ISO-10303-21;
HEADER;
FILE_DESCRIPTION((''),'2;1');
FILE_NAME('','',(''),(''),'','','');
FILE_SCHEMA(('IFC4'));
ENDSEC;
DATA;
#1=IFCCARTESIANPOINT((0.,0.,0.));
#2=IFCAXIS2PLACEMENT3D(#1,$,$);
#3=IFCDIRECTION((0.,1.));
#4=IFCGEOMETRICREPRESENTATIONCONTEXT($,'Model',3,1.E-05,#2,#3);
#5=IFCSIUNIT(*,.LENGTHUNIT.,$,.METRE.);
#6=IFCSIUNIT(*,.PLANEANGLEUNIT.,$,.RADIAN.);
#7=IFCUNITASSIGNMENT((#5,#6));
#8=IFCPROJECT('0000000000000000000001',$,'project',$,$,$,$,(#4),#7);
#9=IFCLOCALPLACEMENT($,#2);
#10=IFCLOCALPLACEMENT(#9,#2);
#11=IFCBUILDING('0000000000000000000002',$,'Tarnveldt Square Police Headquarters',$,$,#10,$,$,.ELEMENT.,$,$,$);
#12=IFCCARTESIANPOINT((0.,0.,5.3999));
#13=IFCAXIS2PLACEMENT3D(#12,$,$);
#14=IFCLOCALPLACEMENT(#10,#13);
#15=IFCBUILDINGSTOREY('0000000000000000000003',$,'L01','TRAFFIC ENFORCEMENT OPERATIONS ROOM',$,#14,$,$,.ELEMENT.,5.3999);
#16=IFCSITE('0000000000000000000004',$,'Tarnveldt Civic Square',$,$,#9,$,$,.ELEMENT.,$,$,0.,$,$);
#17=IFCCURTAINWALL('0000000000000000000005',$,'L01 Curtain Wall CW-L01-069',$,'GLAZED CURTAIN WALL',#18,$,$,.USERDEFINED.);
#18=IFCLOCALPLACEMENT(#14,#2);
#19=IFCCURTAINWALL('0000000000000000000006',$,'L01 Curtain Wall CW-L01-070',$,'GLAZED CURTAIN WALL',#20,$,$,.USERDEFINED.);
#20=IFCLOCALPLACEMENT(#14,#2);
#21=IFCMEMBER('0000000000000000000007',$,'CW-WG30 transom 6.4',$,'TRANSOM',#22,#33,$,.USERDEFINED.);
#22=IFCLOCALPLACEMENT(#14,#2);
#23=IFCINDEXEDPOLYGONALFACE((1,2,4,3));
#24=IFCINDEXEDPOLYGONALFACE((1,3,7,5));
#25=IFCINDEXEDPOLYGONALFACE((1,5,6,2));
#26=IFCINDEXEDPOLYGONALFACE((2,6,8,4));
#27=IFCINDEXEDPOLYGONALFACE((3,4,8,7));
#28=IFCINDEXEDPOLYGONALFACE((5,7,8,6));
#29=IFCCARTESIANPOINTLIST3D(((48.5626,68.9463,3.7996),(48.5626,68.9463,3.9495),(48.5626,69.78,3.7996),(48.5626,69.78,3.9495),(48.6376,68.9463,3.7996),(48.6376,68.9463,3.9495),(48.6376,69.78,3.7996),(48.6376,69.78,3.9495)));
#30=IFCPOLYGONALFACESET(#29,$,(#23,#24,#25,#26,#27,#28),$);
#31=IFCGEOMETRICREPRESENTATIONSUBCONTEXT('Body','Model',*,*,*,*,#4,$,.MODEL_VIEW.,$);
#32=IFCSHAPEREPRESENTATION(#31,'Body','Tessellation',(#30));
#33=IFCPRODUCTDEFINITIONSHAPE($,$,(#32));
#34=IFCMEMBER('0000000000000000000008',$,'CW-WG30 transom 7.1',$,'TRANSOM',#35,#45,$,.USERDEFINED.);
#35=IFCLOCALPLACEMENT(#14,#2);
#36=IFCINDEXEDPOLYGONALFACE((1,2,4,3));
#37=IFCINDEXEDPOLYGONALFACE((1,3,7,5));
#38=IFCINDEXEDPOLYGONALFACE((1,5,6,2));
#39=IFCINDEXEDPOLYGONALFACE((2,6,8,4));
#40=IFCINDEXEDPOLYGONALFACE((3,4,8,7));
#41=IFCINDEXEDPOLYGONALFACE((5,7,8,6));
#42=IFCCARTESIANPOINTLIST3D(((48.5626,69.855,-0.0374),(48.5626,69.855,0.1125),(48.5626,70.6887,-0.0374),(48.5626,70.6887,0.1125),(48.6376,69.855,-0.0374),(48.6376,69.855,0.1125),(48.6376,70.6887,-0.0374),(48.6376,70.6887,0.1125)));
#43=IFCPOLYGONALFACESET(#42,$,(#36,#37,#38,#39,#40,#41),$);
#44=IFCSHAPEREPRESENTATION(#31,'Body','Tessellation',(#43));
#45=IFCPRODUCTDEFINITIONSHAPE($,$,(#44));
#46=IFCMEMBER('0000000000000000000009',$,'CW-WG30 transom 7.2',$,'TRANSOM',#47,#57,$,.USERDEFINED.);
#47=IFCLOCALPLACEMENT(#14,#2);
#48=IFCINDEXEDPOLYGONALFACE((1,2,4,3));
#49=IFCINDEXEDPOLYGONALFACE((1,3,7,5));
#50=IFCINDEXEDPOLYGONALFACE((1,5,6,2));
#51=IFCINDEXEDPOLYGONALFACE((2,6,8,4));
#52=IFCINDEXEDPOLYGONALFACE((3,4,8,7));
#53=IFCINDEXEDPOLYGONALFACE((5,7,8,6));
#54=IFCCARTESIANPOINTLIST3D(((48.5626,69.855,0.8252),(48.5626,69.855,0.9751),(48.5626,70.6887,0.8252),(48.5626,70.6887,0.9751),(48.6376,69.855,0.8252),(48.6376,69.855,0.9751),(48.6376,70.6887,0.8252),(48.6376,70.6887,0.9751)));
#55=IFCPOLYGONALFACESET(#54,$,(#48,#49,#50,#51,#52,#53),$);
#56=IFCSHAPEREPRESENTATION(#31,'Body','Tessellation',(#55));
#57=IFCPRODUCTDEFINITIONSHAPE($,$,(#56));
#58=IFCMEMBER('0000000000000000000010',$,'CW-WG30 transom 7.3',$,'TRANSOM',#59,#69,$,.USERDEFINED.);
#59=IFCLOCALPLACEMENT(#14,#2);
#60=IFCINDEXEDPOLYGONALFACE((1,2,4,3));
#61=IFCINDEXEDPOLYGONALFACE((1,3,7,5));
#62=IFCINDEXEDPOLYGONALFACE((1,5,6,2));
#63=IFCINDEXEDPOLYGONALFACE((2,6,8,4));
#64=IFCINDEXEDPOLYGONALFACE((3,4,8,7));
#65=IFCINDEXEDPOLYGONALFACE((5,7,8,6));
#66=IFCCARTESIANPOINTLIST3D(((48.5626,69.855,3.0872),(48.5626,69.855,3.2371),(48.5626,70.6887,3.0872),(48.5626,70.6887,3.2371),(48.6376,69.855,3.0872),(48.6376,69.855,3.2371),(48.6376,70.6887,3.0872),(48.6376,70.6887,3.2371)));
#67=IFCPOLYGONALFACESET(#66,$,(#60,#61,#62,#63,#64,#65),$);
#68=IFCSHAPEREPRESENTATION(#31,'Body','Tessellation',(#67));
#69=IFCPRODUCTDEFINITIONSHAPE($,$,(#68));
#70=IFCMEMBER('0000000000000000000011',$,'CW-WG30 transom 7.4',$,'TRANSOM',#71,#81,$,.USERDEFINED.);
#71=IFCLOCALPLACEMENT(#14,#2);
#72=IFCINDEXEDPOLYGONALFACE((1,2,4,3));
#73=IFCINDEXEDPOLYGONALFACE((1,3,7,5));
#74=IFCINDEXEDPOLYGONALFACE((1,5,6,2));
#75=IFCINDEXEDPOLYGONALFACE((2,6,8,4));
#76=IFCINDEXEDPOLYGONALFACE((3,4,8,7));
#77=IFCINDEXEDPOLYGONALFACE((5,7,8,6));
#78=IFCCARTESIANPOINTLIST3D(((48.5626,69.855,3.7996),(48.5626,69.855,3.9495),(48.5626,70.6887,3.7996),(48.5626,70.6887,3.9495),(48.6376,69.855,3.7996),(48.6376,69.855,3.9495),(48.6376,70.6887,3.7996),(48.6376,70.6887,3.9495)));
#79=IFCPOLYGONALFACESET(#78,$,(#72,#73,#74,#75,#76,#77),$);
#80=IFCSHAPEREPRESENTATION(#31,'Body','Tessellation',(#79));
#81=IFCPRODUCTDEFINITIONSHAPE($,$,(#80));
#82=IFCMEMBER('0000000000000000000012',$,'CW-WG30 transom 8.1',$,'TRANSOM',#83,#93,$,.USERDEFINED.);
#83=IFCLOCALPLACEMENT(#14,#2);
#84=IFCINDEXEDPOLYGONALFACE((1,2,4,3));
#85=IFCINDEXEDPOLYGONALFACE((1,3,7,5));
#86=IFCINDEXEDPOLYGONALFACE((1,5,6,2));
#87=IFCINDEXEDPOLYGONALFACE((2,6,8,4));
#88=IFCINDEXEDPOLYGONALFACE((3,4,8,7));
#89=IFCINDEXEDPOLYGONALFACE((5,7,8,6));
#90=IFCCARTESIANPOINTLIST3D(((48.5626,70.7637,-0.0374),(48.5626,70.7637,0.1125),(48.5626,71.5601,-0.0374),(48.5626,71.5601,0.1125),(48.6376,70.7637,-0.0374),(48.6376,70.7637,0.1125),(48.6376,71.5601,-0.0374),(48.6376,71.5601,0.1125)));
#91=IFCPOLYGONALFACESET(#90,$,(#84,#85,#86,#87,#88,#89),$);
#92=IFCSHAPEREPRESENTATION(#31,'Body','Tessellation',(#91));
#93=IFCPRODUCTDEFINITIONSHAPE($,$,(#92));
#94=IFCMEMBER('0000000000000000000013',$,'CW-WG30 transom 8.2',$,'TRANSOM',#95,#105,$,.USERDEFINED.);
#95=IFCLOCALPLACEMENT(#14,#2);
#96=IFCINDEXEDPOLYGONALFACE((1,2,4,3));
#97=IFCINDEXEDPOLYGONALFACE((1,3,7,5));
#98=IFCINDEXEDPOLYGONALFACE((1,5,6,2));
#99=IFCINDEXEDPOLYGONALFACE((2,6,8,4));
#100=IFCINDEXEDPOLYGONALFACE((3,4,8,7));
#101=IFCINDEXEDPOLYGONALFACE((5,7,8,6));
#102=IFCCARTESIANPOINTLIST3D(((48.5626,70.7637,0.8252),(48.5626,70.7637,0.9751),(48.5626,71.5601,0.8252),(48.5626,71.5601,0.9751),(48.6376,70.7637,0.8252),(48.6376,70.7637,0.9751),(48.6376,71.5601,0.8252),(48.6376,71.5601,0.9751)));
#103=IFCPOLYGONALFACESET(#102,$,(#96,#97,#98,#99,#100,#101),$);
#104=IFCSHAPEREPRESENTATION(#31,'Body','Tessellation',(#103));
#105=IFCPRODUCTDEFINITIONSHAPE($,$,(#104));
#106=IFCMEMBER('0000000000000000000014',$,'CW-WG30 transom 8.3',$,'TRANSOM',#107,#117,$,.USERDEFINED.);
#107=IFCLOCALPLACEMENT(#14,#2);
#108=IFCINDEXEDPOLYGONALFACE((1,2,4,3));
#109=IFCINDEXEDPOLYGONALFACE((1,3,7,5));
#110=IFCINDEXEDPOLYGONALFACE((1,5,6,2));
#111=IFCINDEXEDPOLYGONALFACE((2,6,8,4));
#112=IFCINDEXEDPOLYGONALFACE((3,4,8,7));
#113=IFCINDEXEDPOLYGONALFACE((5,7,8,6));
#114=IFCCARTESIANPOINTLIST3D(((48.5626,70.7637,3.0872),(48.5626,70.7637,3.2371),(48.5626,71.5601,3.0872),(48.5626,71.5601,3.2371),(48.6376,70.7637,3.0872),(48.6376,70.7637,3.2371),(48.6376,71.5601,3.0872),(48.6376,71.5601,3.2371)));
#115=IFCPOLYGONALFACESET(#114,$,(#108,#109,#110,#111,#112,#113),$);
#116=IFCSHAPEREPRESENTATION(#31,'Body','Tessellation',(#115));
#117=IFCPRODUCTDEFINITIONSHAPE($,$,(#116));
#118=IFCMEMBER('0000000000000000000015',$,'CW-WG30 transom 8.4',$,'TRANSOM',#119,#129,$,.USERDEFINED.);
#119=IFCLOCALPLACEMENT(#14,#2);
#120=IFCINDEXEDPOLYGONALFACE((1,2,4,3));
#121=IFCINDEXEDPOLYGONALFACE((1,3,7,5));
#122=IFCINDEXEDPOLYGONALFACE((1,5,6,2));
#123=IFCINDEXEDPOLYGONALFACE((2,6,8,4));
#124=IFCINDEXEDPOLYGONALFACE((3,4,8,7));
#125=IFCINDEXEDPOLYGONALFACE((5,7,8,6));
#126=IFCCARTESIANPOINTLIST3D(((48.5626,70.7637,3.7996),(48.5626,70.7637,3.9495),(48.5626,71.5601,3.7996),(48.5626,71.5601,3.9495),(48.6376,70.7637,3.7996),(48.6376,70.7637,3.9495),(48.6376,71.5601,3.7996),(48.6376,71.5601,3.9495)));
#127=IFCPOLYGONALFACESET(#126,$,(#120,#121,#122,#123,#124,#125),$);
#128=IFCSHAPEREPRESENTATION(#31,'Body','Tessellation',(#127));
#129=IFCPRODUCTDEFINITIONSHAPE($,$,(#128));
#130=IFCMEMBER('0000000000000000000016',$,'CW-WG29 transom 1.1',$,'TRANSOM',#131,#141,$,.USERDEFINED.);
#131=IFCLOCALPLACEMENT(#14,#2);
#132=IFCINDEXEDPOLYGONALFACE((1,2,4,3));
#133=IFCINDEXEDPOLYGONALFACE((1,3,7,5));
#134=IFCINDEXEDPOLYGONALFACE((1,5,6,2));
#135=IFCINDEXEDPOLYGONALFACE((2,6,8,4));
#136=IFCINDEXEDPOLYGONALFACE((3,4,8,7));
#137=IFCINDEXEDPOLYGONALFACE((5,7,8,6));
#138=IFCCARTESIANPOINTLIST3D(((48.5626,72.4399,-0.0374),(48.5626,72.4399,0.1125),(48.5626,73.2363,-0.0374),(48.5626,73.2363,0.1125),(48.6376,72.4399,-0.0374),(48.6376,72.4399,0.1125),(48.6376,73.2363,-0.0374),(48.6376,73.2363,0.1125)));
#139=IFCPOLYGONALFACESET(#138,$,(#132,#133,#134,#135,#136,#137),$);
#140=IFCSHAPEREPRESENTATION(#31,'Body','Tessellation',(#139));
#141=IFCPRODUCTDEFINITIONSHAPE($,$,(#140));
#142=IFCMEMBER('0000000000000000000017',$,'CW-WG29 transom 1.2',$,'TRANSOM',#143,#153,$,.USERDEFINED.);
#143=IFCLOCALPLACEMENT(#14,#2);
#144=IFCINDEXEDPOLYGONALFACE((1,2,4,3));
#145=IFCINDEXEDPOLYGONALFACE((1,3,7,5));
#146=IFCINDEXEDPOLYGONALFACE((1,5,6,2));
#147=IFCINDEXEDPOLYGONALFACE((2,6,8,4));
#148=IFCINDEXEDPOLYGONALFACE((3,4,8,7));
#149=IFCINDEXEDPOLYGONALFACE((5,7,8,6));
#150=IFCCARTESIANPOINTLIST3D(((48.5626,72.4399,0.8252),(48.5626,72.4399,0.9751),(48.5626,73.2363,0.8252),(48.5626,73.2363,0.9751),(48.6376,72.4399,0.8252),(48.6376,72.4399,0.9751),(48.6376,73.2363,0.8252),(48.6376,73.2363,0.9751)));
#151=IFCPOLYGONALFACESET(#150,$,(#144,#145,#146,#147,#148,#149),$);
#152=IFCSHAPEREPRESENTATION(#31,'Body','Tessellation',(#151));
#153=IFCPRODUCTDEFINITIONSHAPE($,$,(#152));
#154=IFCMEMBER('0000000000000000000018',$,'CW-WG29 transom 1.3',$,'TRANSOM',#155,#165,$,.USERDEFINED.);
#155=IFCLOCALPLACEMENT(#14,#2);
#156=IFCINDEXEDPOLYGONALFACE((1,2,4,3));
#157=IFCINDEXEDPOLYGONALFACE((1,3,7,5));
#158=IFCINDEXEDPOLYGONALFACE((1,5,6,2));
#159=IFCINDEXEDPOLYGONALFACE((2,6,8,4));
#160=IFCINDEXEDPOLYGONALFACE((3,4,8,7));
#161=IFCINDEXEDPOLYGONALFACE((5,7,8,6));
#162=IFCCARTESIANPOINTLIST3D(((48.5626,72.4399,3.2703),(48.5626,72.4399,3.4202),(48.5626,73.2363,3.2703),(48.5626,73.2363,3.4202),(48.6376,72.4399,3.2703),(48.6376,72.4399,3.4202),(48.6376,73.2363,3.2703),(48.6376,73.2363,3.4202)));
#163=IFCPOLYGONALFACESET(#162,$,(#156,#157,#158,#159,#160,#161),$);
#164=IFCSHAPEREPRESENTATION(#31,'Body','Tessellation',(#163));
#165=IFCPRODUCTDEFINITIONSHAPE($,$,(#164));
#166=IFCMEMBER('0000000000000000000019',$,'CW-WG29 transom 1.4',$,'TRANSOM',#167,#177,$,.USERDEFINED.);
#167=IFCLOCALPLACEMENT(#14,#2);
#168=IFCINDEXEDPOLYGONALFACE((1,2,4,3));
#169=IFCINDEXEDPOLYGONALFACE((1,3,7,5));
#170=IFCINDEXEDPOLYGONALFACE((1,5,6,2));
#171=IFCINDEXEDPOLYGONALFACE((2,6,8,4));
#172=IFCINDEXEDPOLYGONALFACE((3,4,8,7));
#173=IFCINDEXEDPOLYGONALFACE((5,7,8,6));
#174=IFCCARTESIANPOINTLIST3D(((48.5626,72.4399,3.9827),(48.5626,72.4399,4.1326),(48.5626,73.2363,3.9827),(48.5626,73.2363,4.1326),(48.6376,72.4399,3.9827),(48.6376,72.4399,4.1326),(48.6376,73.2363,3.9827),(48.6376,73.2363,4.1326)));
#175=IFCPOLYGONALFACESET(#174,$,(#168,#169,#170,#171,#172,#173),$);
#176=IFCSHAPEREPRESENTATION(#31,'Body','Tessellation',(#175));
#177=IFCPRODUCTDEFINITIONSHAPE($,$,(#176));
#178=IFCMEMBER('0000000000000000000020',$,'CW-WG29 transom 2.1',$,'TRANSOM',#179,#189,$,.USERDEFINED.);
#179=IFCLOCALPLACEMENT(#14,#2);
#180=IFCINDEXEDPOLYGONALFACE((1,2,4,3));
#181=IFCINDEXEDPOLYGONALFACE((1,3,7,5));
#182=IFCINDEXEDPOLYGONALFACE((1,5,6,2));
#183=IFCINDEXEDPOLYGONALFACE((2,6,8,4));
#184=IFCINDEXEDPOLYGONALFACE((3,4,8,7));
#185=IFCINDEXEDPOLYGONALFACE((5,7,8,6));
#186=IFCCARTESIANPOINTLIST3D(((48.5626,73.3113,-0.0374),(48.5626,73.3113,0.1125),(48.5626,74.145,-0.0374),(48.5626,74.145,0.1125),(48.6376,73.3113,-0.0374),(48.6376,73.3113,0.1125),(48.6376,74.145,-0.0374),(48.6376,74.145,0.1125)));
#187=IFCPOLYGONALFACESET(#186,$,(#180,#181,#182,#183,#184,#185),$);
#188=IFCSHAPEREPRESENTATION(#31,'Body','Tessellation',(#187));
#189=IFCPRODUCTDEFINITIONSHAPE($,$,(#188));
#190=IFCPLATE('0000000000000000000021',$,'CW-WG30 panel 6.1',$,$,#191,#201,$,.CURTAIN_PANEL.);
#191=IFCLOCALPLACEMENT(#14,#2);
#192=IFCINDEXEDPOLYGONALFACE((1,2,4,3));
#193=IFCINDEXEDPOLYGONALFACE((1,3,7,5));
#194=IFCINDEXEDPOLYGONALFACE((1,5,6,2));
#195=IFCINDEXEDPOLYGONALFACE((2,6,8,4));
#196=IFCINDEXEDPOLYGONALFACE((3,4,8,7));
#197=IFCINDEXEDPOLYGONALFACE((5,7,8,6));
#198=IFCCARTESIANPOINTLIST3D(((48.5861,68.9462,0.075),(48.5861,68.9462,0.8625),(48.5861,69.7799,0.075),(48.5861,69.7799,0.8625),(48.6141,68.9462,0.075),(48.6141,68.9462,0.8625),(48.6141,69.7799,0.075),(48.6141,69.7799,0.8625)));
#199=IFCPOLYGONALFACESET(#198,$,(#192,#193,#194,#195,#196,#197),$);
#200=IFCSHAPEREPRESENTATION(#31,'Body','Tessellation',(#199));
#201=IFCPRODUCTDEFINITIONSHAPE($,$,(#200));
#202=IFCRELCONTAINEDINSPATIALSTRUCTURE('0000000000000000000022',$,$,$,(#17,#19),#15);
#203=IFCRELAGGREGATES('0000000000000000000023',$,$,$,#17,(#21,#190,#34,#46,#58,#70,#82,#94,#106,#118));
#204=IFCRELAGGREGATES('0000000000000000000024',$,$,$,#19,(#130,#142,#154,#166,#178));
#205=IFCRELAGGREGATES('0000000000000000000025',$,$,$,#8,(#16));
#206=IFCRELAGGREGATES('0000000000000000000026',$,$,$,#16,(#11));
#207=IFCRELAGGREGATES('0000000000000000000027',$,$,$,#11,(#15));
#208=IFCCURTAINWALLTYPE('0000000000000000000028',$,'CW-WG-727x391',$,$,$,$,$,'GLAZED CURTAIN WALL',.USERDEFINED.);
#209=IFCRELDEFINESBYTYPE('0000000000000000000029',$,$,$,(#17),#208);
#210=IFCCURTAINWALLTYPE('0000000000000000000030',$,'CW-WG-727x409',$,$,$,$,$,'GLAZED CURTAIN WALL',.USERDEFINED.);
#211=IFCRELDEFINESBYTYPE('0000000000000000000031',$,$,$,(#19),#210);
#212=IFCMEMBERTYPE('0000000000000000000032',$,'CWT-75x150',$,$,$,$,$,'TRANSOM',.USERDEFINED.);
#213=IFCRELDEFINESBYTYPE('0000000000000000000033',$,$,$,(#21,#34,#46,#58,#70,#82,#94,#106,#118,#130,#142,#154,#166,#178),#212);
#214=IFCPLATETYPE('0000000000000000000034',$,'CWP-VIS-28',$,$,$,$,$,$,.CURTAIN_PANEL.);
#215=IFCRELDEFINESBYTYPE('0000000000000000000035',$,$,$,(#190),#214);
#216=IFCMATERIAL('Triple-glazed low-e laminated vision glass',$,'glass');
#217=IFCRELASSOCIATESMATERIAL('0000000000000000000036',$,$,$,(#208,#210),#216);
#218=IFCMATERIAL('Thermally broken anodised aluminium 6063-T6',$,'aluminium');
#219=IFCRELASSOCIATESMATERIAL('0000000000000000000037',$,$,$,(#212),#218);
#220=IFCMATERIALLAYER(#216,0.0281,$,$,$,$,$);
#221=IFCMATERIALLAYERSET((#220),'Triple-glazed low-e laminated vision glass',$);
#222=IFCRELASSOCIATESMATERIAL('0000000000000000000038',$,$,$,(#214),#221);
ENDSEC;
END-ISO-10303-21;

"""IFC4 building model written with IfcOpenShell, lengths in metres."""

from ifc_helpers import new_model, si_unit, direction, frame, origin, origin_2d, place, context, subcontext, project, spatial, rectangle, extrude, material, layer, layer_set, material_profile, profile_set, type_object, element, aggregate, save


model = new_model("IFC4")

# Units and contexts
model_context = context("Model", 3, precision=1e-05, world=origin(), true_north=direction((0.0, 1.0)))
body_context = subcontext(model_context, "Body", "Model", "MODEL_VIEW")
ifc_project = project(units=[si_unit("LENGTHUNIT", "METRE"), si_unit("PLANEANGLEUNIT", "RADIAN")], contexts=[model_context])

# Site, building, storey
site_placement = place(None, origin())
site = spatial("IfcSite", under=ifc_project, at=site_placement, Name="Tarnveldt Civic Square", CompositionType="ELEMENT", RefElevation=0.0)
building_placement = place(site_placement, origin())
building = spatial("IfcBuilding", under=site, at=building_placement, Name="Tarnveldt Square Police Headquarters", CompositionType="ELEMENT")
storey_placement = place(building_placement, frame((0.0, 0.0, 5.3999)))
storey = spatial("IfcBuildingStorey", under=building, at=storey_placement, Name="L01", Description="TRAFFIC ENFORCEMENT OPERATIONS ROOM", CompositionType="ELEMENT", Elevation=5.3999)

# Curtain walls
ifc_material_1 = material(Name="Triple-glazed low-e laminated vision glass", Category="glass")
curtain_wall_type_1 = type_object("IfcCurtainWallType", Name="CW-WG-727x391", ElementType="GLAZED CURTAIN WALL", PredefinedType="USERDEFINED", material=ifc_material_1)
curtain_wall_1_placement = place(storey_placement, origin())
curtain_wall_1 = element("IfcCurtainWall", 1, at=curtain_wall_1_placement, inside=storey, type_object=curtain_wall_type_1, Name="L01 Curtain Wall CW-L01-069", ObjectType="GLAZED CURTAIN WALL", PredefinedType="USERDEFINED")
ifc_material_2 = material(Name="Thermally broken anodised aluminium 6063-T6", Category="aluminium")
curtain_wall_type_2 = type_object("IfcCurtainWallType", Name="CW-WG-727x409", ElementType="GLAZED CURTAIN WALL", PredefinedType="USERDEFINED", material=ifc_material_1)
curtain_wall_2_placement = place(storey_placement, origin())
curtain_wall_2 = element("IfcCurtainWall", 2, at=curtain_wall_2_placement, inside=storey, type_object=curtain_wall_type_2, Name="L01 Curtain Wall CW-L01-070", ObjectType="GLAZED CURTAIN WALL", PredefinedType="USERDEFINED")

# Members
ifc_material_profile_1 = material_profile(ifc_material_2, rectangle(XDim=0.075, YDim=0.1499, at=origin_2d()), Name="CW-T75x150")
ifc_profile_set_1 = profile_set([ifc_material_profile_1], Name="Thermally broken anodised aluminium 6063-T6")
member_type_1 = type_object("IfcMemberType", Name="CWT-75x150", ElementType="TRANSOM", PredefinedType="USERDEFINED", material=ifc_profile_set_1)
member_1_placement = place(storey_placement, frame((48.6001, 68.9463, 3.8745), z_axis=(0.0, 1.0, 0.0), x_axis=(-1.0, 0.0, 0.0)))
member_1 = element("IfcMember", 3, at=member_1_placement, type_object=member_type_1, Name="CW-WG30 transom 6.4", ObjectType="TRANSOM", PredefinedType="USERDEFINED", context=body_context, shape_type="SweptSolid", body=[
    extrude(rectangle(XDim=0.075, YDim=0.1499, at=origin_2d()), origin(), (0.0, 0.0, 1.0), 0.8337),
])
member_2_placement = place(storey_placement, frame((48.6001, 69.855, 0.0376), z_axis=(0.0, 1.0, 0.0), x_axis=(-1.0, 0.0, 0.0)))
member_2 = element("IfcMember", 4, at=member_2_placement, type_object=member_type_1, Name="CW-WG30 transom 7.1", ObjectType="TRANSOM", PredefinedType="USERDEFINED", context=body_context, shape_type="SweptSolid", body=[
    extrude(rectangle(XDim=0.075, YDim=0.1499, at=origin_2d()), origin(), (0.0, 0.0, 1.0), 0.8337),
])
member_3_placement = place(storey_placement, frame((48.6001, 69.855, 0.9001), z_axis=(0.0, 1.0, 0.0), x_axis=(-1.0, 0.0, 0.0)))
member_3 = element("IfcMember", 5, at=member_3_placement, type_object=member_type_1, Name="CW-WG30 transom 7.2", ObjectType="TRANSOM", PredefinedType="USERDEFINED", context=body_context, shape_type="SweptSolid", body=[
    extrude(rectangle(XDim=0.075, YDim=0.1499, at=origin_2d()), origin(), (0.0, 0.0, 1.0), 0.8337),
])
member_4_placement = place(storey_placement, frame((48.6001, 69.855, 3.1621), z_axis=(0.0, 1.0, 0.0), x_axis=(-1.0, 0.0, 0.0)))
member_4 = element("IfcMember", 6, at=member_4_placement, type_object=member_type_1, Name="CW-WG30 transom 7.3", ObjectType="TRANSOM", PredefinedType="USERDEFINED", context=body_context, shape_type="SweptSolid", body=[
    extrude(rectangle(XDim=0.075, YDim=0.1499, at=origin_2d()), origin(), (0.0, 0.0, 1.0), 0.8337),
])
member_5_placement = place(storey_placement, frame((48.6001, 69.855, 3.8745), z_axis=(0.0, 1.0, 0.0), x_axis=(-1.0, 0.0, 0.0)))
member_5 = element("IfcMember", 7, at=member_5_placement, type_object=member_type_1, Name="CW-WG30 transom 7.4", ObjectType="TRANSOM", PredefinedType="USERDEFINED", context=body_context, shape_type="SweptSolid", body=[
    extrude(rectangle(XDim=0.075, YDim=0.1499, at=origin_2d()), origin(), (0.0, 0.0, 1.0), 0.8337),
])
member_6_placement = place(storey_placement, frame((48.6001, 70.7637, 0.0376), z_axis=(0.0, 1.0, 0.0), x_axis=(-1.0, 0.0, 0.0)))
member_6 = element("IfcMember", 8, at=member_6_placement, type_object=member_type_1, Name="CW-WG30 transom 8.1", ObjectType="TRANSOM", PredefinedType="USERDEFINED", context=body_context, shape_type="SweptSolid", body=[
    extrude(rectangle(XDim=0.075, YDim=0.1499, at=origin_2d()), origin(), (0.0, 0.0, 1.0), 0.7964),
])
member_7_placement = place(storey_placement, frame((48.6001, 70.7637, 0.9001), z_axis=(0.0, 1.0, 0.0), x_axis=(-1.0, 0.0, 0.0)))
member_7 = element("IfcMember", 9, at=member_7_placement, type_object=member_type_1, Name="CW-WG30 transom 8.2", ObjectType="TRANSOM", PredefinedType="USERDEFINED", context=body_context, shape_type="SweptSolid", body=[
    extrude(rectangle(XDim=0.075, YDim=0.1499, at=origin_2d()), origin(), (0.0, 0.0, 1.0), 0.7964),
])
member_8_placement = place(storey_placement, frame((48.6001, 70.7637, 3.1621), z_axis=(0.0, 1.0, 0.0), x_axis=(-1.0, 0.0, 0.0)))
member_8 = element("IfcMember", 10, at=member_8_placement, type_object=member_type_1, Name="CW-WG30 transom 8.3", ObjectType="TRANSOM", PredefinedType="USERDEFINED", context=body_context, shape_type="SweptSolid", body=[
    extrude(rectangle(XDim=0.075, YDim=0.1499, at=origin_2d()), origin(), (0.0, 0.0, 1.0), 0.7964),
])
member_9_placement = place(storey_placement, frame((48.6001, 70.7637, 3.8745), z_axis=(0.0, 1.0, 0.0), x_axis=(-1.0, 0.0, 0.0)))
member_9 = element("IfcMember", 11, at=member_9_placement, type_object=member_type_1, Name="CW-WG30 transom 8.4", ObjectType="TRANSOM", PredefinedType="USERDEFINED", context=body_context, shape_type="SweptSolid", body=[
    extrude(rectangle(XDim=0.075, YDim=0.1499, at=origin_2d()), origin(), (0.0, 0.0, 1.0), 0.7964),
])
member_10_placement = place(storey_placement, frame((48.6001, 72.4399, 0.0376), z_axis=(0.0, 1.0, 0.0), x_axis=(-1.0, 0.0, 0.0)))
member_10 = element("IfcMember", 12, at=member_10_placement, type_object=member_type_1, Name="CW-WG29 transom 1.1", ObjectType="TRANSOM", PredefinedType="USERDEFINED", context=body_context, shape_type="SweptSolid", body=[
    extrude(rectangle(XDim=0.075, YDim=0.1499, at=origin_2d()), origin(), (0.0, 0.0, 1.0), 0.7964),
])
member_11_placement = place(storey_placement, frame((48.6001, 72.4399, 0.9001), z_axis=(0.0, 1.0, 0.0), x_axis=(-1.0, 0.0, 0.0)))
member_11 = element("IfcMember", 13, at=member_11_placement, type_object=member_type_1, Name="CW-WG29 transom 1.2", ObjectType="TRANSOM", PredefinedType="USERDEFINED", context=body_context, shape_type="SweptSolid", body=[
    extrude(rectangle(XDim=0.075, YDim=0.1499, at=origin_2d()), origin(), (0.0, 0.0, 1.0), 0.7964),
])
member_12_placement = place(storey_placement, frame((48.6001, 72.4399, 3.3452), z_axis=(0.0, 1.0, 0.0), x_axis=(-1.0, 0.0, 0.0)))
member_12 = element("IfcMember", 14, at=member_12_placement, type_object=member_type_1, Name="CW-WG29 transom 1.3", ObjectType="TRANSOM", PredefinedType="USERDEFINED", context=body_context, shape_type="SweptSolid", body=[
    extrude(rectangle(XDim=0.075, YDim=0.1499, at=origin_2d()), origin(), (0.0, 0.0, 1.0), 0.7964),
])
member_13_placement = place(storey_placement, frame((48.6001, 72.4399, 4.0576), z_axis=(0.0, 1.0, 0.0), x_axis=(-1.0, 0.0, 0.0)))
member_13 = element("IfcMember", 15, at=member_13_placement, type_object=member_type_1, Name="CW-WG29 transom 1.4", ObjectType="TRANSOM", PredefinedType="USERDEFINED", context=body_context, shape_type="SweptSolid", body=[
    extrude(rectangle(XDim=0.075, YDim=0.1499, at=origin_2d()), origin(), (0.0, 0.0, 1.0), 0.7964),
])
member_14_placement = place(storey_placement, frame((48.6001, 73.3113, 0.0376), z_axis=(0.0, 1.0, 0.0), x_axis=(-1.0, 0.0, 0.0)))
member_14 = element("IfcMember", 16, at=member_14_placement, type_object=member_type_1, Name="CW-WG29 transom 2.1", ObjectType="TRANSOM", PredefinedType="USERDEFINED", context=body_context, shape_type="SweptSolid", body=[
    extrude(rectangle(XDim=0.075, YDim=0.1499, at=origin_2d()), origin(), (0.0, 0.0, 1.0), 0.8337),
])

# Plate
ifc_layer = layer(ifc_material_1, 0.0281)
ifc_layer_set = layer_set([ifc_layer], Name="Triple-glazed low-e laminated vision glass")
plate_type = type_object("IfcPlateType", Name="CWP-VIS-28", PredefinedType="CURTAIN_PANEL", material=ifc_layer_set)
plate_1_placement = place(storey_placement, frame((48.6001, 69.363, 0.075), z_axis=(0.0, 0.0, 1.0), x_axis=(0.0, 1.0, 0.0)))
plate_1 = element("IfcPlate", 17, at=plate_1_placement, type_object=plate_type, Name="CW-WG30 panel 6.1", PredefinedType="CURTAIN_PANEL", context=body_context, shape_type="SweptSolid", body=[
    extrude(rectangle(XDim=0.8337, YDim=0.0281, at=origin_2d()), origin(), (0.0, 0.0, 1.0), 0.7876),
])
aggregate(curtain_wall_1, [member_1, plate_1, member_2, member_3, member_4, member_5, member_6, member_7, member_8, member_9])
aggregate(curtain_wall_2, [member_10, member_11, member_12, member_13, member_14])

save(model, "model.ifc")
